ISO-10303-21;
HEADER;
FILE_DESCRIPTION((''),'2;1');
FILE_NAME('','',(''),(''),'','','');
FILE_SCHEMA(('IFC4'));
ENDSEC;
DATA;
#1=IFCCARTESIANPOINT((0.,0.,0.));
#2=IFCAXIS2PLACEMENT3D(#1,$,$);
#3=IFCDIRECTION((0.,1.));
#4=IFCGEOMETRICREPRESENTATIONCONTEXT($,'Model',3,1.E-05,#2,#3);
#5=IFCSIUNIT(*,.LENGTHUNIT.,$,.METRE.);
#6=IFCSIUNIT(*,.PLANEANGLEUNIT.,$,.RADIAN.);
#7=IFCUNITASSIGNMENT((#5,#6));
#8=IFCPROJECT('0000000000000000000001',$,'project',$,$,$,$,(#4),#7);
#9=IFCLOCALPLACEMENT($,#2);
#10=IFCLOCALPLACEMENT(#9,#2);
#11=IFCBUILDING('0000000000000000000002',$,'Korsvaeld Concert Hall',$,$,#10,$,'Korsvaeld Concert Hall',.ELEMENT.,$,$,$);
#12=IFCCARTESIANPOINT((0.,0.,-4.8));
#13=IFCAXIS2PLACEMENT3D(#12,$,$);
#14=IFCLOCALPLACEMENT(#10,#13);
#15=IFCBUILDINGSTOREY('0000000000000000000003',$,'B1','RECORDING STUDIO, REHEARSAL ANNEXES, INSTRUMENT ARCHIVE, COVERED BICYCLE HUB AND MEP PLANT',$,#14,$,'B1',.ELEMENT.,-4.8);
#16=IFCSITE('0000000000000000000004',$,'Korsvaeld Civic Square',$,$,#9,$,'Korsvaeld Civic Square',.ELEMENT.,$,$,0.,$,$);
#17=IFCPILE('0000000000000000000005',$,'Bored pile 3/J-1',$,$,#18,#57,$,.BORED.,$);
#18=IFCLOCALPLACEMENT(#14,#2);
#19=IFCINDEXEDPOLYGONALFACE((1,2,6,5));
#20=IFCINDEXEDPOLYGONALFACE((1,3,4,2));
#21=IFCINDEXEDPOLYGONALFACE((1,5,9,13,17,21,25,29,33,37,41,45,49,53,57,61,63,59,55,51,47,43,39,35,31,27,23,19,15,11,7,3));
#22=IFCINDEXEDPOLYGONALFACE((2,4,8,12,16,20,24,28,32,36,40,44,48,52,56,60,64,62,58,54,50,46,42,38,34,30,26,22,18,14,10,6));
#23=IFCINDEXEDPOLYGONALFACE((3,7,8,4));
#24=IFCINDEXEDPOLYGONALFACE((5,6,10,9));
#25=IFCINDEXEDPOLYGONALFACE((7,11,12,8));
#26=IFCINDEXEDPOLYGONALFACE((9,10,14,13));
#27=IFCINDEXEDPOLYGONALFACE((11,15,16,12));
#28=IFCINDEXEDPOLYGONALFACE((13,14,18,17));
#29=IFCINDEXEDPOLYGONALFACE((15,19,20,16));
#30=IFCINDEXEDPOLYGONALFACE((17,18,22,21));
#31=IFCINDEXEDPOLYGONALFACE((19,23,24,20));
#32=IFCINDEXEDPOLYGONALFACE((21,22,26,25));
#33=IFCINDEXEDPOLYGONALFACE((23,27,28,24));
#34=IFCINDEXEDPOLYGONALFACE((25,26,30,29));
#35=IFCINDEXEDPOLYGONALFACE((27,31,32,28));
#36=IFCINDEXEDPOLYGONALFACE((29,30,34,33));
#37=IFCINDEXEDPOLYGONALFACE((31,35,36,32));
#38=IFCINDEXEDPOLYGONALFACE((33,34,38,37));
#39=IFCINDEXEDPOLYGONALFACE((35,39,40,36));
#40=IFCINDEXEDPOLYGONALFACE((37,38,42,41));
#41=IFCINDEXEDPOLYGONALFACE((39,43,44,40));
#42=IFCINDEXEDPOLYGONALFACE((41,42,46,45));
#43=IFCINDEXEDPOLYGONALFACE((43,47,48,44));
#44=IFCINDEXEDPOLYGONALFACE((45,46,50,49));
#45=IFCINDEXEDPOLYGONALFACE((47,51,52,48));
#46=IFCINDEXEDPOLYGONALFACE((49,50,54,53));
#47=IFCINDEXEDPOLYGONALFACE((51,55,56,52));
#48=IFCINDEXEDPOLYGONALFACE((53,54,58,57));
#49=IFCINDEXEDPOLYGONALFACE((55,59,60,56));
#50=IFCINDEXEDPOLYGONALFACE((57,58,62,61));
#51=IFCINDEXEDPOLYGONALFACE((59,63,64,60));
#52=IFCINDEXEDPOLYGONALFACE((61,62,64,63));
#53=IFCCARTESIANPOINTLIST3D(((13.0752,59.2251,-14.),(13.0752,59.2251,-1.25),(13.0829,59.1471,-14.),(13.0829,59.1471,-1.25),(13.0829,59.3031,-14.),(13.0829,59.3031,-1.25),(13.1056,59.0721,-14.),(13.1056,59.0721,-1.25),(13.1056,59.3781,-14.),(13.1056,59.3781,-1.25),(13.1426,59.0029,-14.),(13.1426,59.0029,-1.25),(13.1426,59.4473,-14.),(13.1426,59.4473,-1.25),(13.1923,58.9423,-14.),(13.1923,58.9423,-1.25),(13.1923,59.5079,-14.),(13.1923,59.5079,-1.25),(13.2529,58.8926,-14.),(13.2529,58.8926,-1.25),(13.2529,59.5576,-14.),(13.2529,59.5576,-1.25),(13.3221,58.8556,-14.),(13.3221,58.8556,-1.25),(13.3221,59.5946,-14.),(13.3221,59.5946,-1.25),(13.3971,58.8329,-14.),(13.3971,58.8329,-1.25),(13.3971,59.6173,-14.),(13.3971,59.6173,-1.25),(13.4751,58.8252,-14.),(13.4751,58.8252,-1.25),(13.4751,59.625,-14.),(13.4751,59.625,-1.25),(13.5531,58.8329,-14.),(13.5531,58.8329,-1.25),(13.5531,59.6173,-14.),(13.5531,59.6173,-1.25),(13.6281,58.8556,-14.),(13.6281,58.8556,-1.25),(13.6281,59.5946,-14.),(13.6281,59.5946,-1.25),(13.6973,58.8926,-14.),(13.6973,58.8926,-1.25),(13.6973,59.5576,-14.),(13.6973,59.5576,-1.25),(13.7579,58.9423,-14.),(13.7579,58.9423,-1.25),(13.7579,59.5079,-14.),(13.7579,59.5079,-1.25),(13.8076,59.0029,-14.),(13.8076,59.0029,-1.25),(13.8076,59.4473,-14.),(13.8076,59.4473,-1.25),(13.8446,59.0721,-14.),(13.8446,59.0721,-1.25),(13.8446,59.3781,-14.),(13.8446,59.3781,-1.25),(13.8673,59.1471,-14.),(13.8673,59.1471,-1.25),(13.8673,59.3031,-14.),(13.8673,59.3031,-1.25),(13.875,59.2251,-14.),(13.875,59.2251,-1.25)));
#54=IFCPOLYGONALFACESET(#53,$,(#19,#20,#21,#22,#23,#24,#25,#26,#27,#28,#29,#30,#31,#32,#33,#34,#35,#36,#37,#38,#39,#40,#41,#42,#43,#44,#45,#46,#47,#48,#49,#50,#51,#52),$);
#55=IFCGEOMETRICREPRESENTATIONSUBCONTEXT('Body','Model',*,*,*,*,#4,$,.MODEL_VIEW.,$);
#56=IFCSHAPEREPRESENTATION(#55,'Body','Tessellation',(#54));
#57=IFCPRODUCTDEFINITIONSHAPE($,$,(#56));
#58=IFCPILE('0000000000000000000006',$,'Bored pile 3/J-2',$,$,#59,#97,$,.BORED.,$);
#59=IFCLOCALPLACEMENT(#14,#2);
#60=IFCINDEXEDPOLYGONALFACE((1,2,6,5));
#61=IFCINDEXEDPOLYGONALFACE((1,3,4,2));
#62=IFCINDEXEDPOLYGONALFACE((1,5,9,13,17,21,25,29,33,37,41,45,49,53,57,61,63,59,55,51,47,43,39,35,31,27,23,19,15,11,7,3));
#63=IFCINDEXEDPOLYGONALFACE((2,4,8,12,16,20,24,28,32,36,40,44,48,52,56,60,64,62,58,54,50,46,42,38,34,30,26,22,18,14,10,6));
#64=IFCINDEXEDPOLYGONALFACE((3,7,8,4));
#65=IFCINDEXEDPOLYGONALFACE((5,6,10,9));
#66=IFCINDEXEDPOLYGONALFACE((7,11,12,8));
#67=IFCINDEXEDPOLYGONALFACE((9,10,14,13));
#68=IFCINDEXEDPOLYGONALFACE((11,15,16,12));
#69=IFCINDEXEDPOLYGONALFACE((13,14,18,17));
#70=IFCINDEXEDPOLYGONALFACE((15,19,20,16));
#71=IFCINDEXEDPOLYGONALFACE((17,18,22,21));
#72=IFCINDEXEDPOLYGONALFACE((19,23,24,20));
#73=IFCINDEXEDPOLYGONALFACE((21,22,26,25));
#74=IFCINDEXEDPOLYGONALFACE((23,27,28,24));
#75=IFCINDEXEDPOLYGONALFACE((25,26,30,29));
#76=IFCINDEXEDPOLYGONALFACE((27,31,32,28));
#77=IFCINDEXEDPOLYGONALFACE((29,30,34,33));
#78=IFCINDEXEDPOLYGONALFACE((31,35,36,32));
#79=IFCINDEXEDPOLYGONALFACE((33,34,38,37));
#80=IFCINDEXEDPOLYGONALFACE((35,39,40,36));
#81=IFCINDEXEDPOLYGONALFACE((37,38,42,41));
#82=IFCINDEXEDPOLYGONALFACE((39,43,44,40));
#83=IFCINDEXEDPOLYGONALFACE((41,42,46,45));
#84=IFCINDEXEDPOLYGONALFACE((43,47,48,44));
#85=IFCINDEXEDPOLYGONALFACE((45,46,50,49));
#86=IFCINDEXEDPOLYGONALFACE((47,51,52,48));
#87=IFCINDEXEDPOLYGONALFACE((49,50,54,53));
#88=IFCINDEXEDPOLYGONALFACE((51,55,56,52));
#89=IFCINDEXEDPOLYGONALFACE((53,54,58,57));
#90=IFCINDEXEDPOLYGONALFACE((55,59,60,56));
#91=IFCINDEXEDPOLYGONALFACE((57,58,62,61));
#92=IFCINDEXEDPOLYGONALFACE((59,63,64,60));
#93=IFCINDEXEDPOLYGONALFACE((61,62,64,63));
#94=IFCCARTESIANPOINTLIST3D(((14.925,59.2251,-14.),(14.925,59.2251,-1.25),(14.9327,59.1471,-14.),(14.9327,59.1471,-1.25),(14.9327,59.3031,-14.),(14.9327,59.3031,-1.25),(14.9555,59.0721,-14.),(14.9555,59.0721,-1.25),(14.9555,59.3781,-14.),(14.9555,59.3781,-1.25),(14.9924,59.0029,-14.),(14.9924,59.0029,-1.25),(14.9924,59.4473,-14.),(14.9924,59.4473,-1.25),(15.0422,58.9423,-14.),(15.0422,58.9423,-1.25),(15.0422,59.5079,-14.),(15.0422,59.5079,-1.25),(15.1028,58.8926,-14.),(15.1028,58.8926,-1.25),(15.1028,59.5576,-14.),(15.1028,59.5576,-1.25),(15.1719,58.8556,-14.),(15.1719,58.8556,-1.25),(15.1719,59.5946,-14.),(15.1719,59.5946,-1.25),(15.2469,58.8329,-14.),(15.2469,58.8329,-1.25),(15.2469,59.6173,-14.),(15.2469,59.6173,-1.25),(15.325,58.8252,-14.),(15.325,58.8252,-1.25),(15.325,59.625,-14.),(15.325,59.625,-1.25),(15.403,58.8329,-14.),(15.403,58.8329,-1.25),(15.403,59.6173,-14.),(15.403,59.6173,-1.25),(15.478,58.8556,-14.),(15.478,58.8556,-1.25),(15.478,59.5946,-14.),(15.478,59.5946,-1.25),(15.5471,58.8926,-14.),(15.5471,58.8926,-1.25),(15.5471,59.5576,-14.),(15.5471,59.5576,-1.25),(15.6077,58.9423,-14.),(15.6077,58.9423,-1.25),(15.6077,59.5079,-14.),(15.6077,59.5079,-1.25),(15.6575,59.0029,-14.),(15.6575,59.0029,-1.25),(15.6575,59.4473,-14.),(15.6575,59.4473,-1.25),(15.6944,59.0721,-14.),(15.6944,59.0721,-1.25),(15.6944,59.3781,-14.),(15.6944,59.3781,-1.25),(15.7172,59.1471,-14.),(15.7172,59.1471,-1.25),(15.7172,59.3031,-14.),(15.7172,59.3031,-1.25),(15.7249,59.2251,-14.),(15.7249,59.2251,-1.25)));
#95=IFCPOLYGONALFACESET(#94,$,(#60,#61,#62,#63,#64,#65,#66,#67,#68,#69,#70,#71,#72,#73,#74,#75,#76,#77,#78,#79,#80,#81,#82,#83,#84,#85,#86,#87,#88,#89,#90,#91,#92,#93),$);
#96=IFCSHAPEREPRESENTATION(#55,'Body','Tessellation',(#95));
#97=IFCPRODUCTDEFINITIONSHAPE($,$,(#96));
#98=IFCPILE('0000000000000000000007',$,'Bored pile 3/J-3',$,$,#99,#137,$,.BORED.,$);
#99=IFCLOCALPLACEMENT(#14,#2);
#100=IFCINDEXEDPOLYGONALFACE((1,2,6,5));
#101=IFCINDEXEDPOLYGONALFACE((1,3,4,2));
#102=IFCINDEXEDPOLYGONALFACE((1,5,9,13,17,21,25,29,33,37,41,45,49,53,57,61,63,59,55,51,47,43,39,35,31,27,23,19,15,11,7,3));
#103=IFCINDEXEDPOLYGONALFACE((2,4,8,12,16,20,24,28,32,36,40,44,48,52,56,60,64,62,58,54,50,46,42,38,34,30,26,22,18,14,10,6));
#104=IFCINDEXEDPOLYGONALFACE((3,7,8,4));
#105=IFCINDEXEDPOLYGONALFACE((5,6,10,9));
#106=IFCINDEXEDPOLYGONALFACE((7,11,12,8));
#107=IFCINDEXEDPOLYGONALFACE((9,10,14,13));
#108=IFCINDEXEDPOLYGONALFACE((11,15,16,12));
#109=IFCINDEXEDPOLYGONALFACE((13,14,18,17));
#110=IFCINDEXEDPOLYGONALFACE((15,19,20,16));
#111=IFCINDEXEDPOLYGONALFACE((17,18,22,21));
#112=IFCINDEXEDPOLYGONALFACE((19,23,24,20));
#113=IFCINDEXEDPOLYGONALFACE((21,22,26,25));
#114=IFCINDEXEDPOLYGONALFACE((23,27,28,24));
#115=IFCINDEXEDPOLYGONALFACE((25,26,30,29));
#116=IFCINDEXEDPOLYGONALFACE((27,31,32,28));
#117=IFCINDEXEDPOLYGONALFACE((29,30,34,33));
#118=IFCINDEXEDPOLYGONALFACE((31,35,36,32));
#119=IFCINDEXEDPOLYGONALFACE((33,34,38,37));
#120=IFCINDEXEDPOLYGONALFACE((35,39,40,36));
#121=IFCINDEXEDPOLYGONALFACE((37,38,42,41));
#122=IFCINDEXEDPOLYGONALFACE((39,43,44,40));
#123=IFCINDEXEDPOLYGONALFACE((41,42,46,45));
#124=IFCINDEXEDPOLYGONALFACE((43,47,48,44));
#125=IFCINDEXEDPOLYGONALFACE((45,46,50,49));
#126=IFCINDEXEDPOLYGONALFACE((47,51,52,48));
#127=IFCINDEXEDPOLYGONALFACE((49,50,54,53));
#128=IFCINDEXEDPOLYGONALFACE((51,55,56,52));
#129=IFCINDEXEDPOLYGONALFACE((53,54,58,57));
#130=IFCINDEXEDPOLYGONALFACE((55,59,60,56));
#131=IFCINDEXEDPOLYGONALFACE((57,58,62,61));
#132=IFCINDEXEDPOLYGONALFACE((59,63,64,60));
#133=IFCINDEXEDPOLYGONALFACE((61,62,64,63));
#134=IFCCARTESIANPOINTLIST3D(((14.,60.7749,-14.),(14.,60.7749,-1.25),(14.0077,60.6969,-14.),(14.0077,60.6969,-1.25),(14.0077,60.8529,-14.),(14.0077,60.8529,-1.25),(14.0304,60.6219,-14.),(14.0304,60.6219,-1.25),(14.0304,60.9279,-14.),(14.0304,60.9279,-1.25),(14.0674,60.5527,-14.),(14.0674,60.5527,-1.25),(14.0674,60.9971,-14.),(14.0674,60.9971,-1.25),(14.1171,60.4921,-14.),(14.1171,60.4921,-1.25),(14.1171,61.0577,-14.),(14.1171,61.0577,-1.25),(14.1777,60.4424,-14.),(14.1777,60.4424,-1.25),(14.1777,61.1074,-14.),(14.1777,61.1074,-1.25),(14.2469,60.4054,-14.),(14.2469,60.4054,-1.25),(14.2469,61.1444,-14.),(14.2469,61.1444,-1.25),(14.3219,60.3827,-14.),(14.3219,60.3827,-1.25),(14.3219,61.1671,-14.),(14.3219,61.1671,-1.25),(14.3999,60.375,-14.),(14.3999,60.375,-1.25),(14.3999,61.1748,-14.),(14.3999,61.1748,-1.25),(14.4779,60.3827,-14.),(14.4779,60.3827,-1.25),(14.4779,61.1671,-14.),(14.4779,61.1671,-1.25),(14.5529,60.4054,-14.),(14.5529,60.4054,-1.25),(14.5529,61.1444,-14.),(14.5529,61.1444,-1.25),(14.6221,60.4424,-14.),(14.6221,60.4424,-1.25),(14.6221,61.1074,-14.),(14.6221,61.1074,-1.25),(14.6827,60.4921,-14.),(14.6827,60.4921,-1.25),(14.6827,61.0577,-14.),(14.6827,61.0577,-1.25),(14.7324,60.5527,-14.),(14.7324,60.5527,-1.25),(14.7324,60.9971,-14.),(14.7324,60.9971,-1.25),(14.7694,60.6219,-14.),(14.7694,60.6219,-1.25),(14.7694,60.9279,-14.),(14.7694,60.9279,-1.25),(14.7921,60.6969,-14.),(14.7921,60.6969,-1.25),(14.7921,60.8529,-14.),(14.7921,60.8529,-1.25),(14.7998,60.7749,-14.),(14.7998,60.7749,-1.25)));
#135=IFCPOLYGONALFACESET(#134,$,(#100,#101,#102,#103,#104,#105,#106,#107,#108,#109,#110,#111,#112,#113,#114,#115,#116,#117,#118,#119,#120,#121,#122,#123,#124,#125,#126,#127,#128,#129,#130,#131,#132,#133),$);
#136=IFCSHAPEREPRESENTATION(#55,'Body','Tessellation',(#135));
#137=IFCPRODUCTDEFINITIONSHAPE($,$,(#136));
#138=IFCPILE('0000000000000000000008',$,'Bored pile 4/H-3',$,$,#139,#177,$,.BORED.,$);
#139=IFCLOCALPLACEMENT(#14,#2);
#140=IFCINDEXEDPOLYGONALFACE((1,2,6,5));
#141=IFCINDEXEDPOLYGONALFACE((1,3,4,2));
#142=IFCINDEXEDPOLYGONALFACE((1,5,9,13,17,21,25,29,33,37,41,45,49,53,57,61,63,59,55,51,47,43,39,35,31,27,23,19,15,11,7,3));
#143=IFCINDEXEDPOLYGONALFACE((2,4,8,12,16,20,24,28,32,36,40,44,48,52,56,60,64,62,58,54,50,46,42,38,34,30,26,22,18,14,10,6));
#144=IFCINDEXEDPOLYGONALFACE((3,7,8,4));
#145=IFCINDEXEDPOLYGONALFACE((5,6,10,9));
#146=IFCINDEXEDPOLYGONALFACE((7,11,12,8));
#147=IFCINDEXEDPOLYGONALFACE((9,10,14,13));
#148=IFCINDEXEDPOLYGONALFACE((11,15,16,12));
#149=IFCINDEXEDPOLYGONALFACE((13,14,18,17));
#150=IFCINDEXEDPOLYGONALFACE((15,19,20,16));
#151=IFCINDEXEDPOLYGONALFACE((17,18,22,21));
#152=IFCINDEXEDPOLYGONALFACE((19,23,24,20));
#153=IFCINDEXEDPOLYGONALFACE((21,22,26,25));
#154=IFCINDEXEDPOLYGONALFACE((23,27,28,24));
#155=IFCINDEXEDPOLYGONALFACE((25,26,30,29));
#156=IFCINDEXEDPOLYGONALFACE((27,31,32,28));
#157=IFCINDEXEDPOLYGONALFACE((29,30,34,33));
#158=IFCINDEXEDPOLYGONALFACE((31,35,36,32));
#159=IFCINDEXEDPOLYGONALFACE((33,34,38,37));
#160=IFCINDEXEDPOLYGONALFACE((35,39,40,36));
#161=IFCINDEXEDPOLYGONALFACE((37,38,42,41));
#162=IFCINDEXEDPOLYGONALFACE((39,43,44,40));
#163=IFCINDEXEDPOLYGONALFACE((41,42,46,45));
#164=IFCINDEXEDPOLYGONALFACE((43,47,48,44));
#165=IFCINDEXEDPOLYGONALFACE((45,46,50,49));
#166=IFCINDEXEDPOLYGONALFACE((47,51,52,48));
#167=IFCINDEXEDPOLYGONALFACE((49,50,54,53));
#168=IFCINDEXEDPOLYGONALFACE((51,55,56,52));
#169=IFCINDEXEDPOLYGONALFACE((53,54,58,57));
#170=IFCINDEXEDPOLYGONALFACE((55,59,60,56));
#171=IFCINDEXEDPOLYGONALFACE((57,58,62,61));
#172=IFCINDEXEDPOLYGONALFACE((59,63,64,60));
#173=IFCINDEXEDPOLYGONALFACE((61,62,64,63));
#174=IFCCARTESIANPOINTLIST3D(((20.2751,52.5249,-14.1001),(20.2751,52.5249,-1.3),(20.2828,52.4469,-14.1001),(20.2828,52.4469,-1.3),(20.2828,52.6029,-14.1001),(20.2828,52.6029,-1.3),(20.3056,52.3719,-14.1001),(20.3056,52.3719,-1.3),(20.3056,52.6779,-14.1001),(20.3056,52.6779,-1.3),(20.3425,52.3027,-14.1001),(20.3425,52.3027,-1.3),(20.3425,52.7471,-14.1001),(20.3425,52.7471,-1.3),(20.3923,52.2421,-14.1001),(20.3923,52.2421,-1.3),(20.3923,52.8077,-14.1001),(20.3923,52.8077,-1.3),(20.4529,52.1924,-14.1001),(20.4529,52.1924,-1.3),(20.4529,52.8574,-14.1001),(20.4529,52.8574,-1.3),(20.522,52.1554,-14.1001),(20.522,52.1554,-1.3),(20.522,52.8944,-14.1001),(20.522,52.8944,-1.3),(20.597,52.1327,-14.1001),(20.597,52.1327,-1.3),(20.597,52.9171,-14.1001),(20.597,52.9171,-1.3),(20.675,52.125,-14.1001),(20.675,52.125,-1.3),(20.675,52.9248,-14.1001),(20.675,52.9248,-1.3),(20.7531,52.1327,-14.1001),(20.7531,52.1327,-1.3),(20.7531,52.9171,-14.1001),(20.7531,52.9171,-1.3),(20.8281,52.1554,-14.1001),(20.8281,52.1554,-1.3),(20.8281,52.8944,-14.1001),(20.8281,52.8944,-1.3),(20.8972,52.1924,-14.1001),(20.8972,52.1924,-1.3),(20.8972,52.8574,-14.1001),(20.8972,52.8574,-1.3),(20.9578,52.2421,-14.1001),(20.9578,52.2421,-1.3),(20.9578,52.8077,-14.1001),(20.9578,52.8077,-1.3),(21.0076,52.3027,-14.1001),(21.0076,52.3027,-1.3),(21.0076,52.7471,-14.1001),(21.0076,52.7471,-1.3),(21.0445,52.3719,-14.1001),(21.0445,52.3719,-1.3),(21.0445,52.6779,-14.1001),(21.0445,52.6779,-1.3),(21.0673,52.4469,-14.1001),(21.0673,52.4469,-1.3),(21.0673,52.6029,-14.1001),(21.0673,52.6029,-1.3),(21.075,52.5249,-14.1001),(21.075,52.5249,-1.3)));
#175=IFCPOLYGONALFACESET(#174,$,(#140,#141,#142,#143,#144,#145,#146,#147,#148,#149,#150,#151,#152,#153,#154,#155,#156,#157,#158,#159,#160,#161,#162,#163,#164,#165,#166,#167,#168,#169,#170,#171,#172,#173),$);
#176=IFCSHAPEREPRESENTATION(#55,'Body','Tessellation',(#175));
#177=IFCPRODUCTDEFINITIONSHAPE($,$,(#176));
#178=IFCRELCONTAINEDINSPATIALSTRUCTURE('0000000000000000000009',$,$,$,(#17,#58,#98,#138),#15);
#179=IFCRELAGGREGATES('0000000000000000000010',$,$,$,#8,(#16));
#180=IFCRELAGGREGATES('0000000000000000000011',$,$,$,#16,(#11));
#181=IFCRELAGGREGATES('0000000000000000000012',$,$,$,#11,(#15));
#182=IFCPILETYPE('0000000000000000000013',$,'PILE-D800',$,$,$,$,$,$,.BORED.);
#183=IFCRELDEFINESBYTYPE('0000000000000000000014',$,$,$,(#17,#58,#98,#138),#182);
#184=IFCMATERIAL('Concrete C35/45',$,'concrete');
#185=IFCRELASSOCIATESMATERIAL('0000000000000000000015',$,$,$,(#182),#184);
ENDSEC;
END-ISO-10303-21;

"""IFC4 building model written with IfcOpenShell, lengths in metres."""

from ifc_helpers import new_model, si_unit, direction, frame, origin, origin_2d, place, context, subcontext, project, spatial, circle, extrude, material, material_profile, profile_set, type_object, element, save


model = new_model("IFC4")

# Units and contexts
model_context = context("Model", 3, precision=1e-05, world=origin(), true_north=direction((0.0, 1.0)))
body_context = subcontext(model_context, "Body", "Model", "MODEL_VIEW")
ifc_project = project(units=[si_unit("LENGTHUNIT", "METRE"), si_unit("PLANEANGLEUNIT", "RADIAN")], contexts=[model_context])

# Site, building, storey
site_placement = place(None, origin())
site = spatial("IfcSite", under=ifc_project, at=site_placement, Name="Korsvaeld Civic Square", LongName="Korsvaeld Civic Square", CompositionType="ELEMENT", RefElevation=0.0)
building_placement = place(site_placement, origin())
building = spatial("IfcBuilding", under=site, at=building_placement, Name="Korsvaeld Concert Hall", LongName="Korsvaeld Concert Hall", CompositionType="ELEMENT")
storey_placement = place(building_placement, frame((0.0, 0.0, -4.8)))
storey = spatial("IfcBuildingStorey", under=building, at=storey_placement, Name="B1", Description="RECORDING STUDIO, REHEARSAL ANNEXES, INSTRUMENT ARCHIVE, COVERED BICYCLE HUB AND MEP PLANT", LongName="B1", CompositionType="ELEMENT", Elevation=-4.8)

# Shared definitions
ifc_material_1 = material(Name="Concrete C35/45", Category="concrete")

# Piles
ifc_material_profile_1 = material_profile(ifc_material_1, circle(Radius=0.3999, at=origin_2d()), Name="BORED PILE D800")
ifc_profile_set_1 = profile_set([ifc_material_profile_1], Name="Concrete C35/45")
pile_type = type_object("IfcPileType", Name="PILE-D800", PredefinedType="BORED", material=ifc_profile_set_1)
for number, where, z_axis, x_axis, name in (
    (1, (13.4751, 59.2251, -1.25), (0.0, 0.0, -1.0), (1.0, 0.0, 0.0), "Bored pile 3/J-1"),
    (2, (15.325, 59.2251, -1.25), (0.0, 0.0, -1.0), (1.0, 0.0, 0.0), "Bored pile 3/J-2"),
    (3, (14.3999, 60.7749, -1.25), (0.0, 0.0, -1.0), (1.0, 0.0, 0.0), "Bored pile 3/J-3"),
):
    element("IfcPile", number, at=place(storey_placement, frame(where, z_axis=z_axis, x_axis=x_axis)), inside=storey, type_object=pile_type, Name=name, PredefinedType="BORED", context=body_context, shape_type="SweptSolid", body=[
        extrude(circle(Radius=0.3999, at=origin_2d()), origin(), (0.0, 0.0, 1.0), 12.75),
    ])
for number, where, z_axis, x_axis, name in (
    (4, (20.675, 52.5249, -1.3), (0.0, 0.0, -1.0), (1.0, 0.0, 0.0), "Bored pile 4/H-3"),
):
    element("IfcPile", number, at=place(storey_placement, frame(where, z_axis=z_axis, x_axis=x_axis)), inside=storey, type_object=pile_type, Name=name, PredefinedType="BORED", context=body_context, shape_type="SweptSolid", body=[
        extrude(circle(Radius=0.3999, at=origin_2d()), origin(), (0.0, 0.0, 1.0), 12.8),
    ])

save(model, "model.ifc")
